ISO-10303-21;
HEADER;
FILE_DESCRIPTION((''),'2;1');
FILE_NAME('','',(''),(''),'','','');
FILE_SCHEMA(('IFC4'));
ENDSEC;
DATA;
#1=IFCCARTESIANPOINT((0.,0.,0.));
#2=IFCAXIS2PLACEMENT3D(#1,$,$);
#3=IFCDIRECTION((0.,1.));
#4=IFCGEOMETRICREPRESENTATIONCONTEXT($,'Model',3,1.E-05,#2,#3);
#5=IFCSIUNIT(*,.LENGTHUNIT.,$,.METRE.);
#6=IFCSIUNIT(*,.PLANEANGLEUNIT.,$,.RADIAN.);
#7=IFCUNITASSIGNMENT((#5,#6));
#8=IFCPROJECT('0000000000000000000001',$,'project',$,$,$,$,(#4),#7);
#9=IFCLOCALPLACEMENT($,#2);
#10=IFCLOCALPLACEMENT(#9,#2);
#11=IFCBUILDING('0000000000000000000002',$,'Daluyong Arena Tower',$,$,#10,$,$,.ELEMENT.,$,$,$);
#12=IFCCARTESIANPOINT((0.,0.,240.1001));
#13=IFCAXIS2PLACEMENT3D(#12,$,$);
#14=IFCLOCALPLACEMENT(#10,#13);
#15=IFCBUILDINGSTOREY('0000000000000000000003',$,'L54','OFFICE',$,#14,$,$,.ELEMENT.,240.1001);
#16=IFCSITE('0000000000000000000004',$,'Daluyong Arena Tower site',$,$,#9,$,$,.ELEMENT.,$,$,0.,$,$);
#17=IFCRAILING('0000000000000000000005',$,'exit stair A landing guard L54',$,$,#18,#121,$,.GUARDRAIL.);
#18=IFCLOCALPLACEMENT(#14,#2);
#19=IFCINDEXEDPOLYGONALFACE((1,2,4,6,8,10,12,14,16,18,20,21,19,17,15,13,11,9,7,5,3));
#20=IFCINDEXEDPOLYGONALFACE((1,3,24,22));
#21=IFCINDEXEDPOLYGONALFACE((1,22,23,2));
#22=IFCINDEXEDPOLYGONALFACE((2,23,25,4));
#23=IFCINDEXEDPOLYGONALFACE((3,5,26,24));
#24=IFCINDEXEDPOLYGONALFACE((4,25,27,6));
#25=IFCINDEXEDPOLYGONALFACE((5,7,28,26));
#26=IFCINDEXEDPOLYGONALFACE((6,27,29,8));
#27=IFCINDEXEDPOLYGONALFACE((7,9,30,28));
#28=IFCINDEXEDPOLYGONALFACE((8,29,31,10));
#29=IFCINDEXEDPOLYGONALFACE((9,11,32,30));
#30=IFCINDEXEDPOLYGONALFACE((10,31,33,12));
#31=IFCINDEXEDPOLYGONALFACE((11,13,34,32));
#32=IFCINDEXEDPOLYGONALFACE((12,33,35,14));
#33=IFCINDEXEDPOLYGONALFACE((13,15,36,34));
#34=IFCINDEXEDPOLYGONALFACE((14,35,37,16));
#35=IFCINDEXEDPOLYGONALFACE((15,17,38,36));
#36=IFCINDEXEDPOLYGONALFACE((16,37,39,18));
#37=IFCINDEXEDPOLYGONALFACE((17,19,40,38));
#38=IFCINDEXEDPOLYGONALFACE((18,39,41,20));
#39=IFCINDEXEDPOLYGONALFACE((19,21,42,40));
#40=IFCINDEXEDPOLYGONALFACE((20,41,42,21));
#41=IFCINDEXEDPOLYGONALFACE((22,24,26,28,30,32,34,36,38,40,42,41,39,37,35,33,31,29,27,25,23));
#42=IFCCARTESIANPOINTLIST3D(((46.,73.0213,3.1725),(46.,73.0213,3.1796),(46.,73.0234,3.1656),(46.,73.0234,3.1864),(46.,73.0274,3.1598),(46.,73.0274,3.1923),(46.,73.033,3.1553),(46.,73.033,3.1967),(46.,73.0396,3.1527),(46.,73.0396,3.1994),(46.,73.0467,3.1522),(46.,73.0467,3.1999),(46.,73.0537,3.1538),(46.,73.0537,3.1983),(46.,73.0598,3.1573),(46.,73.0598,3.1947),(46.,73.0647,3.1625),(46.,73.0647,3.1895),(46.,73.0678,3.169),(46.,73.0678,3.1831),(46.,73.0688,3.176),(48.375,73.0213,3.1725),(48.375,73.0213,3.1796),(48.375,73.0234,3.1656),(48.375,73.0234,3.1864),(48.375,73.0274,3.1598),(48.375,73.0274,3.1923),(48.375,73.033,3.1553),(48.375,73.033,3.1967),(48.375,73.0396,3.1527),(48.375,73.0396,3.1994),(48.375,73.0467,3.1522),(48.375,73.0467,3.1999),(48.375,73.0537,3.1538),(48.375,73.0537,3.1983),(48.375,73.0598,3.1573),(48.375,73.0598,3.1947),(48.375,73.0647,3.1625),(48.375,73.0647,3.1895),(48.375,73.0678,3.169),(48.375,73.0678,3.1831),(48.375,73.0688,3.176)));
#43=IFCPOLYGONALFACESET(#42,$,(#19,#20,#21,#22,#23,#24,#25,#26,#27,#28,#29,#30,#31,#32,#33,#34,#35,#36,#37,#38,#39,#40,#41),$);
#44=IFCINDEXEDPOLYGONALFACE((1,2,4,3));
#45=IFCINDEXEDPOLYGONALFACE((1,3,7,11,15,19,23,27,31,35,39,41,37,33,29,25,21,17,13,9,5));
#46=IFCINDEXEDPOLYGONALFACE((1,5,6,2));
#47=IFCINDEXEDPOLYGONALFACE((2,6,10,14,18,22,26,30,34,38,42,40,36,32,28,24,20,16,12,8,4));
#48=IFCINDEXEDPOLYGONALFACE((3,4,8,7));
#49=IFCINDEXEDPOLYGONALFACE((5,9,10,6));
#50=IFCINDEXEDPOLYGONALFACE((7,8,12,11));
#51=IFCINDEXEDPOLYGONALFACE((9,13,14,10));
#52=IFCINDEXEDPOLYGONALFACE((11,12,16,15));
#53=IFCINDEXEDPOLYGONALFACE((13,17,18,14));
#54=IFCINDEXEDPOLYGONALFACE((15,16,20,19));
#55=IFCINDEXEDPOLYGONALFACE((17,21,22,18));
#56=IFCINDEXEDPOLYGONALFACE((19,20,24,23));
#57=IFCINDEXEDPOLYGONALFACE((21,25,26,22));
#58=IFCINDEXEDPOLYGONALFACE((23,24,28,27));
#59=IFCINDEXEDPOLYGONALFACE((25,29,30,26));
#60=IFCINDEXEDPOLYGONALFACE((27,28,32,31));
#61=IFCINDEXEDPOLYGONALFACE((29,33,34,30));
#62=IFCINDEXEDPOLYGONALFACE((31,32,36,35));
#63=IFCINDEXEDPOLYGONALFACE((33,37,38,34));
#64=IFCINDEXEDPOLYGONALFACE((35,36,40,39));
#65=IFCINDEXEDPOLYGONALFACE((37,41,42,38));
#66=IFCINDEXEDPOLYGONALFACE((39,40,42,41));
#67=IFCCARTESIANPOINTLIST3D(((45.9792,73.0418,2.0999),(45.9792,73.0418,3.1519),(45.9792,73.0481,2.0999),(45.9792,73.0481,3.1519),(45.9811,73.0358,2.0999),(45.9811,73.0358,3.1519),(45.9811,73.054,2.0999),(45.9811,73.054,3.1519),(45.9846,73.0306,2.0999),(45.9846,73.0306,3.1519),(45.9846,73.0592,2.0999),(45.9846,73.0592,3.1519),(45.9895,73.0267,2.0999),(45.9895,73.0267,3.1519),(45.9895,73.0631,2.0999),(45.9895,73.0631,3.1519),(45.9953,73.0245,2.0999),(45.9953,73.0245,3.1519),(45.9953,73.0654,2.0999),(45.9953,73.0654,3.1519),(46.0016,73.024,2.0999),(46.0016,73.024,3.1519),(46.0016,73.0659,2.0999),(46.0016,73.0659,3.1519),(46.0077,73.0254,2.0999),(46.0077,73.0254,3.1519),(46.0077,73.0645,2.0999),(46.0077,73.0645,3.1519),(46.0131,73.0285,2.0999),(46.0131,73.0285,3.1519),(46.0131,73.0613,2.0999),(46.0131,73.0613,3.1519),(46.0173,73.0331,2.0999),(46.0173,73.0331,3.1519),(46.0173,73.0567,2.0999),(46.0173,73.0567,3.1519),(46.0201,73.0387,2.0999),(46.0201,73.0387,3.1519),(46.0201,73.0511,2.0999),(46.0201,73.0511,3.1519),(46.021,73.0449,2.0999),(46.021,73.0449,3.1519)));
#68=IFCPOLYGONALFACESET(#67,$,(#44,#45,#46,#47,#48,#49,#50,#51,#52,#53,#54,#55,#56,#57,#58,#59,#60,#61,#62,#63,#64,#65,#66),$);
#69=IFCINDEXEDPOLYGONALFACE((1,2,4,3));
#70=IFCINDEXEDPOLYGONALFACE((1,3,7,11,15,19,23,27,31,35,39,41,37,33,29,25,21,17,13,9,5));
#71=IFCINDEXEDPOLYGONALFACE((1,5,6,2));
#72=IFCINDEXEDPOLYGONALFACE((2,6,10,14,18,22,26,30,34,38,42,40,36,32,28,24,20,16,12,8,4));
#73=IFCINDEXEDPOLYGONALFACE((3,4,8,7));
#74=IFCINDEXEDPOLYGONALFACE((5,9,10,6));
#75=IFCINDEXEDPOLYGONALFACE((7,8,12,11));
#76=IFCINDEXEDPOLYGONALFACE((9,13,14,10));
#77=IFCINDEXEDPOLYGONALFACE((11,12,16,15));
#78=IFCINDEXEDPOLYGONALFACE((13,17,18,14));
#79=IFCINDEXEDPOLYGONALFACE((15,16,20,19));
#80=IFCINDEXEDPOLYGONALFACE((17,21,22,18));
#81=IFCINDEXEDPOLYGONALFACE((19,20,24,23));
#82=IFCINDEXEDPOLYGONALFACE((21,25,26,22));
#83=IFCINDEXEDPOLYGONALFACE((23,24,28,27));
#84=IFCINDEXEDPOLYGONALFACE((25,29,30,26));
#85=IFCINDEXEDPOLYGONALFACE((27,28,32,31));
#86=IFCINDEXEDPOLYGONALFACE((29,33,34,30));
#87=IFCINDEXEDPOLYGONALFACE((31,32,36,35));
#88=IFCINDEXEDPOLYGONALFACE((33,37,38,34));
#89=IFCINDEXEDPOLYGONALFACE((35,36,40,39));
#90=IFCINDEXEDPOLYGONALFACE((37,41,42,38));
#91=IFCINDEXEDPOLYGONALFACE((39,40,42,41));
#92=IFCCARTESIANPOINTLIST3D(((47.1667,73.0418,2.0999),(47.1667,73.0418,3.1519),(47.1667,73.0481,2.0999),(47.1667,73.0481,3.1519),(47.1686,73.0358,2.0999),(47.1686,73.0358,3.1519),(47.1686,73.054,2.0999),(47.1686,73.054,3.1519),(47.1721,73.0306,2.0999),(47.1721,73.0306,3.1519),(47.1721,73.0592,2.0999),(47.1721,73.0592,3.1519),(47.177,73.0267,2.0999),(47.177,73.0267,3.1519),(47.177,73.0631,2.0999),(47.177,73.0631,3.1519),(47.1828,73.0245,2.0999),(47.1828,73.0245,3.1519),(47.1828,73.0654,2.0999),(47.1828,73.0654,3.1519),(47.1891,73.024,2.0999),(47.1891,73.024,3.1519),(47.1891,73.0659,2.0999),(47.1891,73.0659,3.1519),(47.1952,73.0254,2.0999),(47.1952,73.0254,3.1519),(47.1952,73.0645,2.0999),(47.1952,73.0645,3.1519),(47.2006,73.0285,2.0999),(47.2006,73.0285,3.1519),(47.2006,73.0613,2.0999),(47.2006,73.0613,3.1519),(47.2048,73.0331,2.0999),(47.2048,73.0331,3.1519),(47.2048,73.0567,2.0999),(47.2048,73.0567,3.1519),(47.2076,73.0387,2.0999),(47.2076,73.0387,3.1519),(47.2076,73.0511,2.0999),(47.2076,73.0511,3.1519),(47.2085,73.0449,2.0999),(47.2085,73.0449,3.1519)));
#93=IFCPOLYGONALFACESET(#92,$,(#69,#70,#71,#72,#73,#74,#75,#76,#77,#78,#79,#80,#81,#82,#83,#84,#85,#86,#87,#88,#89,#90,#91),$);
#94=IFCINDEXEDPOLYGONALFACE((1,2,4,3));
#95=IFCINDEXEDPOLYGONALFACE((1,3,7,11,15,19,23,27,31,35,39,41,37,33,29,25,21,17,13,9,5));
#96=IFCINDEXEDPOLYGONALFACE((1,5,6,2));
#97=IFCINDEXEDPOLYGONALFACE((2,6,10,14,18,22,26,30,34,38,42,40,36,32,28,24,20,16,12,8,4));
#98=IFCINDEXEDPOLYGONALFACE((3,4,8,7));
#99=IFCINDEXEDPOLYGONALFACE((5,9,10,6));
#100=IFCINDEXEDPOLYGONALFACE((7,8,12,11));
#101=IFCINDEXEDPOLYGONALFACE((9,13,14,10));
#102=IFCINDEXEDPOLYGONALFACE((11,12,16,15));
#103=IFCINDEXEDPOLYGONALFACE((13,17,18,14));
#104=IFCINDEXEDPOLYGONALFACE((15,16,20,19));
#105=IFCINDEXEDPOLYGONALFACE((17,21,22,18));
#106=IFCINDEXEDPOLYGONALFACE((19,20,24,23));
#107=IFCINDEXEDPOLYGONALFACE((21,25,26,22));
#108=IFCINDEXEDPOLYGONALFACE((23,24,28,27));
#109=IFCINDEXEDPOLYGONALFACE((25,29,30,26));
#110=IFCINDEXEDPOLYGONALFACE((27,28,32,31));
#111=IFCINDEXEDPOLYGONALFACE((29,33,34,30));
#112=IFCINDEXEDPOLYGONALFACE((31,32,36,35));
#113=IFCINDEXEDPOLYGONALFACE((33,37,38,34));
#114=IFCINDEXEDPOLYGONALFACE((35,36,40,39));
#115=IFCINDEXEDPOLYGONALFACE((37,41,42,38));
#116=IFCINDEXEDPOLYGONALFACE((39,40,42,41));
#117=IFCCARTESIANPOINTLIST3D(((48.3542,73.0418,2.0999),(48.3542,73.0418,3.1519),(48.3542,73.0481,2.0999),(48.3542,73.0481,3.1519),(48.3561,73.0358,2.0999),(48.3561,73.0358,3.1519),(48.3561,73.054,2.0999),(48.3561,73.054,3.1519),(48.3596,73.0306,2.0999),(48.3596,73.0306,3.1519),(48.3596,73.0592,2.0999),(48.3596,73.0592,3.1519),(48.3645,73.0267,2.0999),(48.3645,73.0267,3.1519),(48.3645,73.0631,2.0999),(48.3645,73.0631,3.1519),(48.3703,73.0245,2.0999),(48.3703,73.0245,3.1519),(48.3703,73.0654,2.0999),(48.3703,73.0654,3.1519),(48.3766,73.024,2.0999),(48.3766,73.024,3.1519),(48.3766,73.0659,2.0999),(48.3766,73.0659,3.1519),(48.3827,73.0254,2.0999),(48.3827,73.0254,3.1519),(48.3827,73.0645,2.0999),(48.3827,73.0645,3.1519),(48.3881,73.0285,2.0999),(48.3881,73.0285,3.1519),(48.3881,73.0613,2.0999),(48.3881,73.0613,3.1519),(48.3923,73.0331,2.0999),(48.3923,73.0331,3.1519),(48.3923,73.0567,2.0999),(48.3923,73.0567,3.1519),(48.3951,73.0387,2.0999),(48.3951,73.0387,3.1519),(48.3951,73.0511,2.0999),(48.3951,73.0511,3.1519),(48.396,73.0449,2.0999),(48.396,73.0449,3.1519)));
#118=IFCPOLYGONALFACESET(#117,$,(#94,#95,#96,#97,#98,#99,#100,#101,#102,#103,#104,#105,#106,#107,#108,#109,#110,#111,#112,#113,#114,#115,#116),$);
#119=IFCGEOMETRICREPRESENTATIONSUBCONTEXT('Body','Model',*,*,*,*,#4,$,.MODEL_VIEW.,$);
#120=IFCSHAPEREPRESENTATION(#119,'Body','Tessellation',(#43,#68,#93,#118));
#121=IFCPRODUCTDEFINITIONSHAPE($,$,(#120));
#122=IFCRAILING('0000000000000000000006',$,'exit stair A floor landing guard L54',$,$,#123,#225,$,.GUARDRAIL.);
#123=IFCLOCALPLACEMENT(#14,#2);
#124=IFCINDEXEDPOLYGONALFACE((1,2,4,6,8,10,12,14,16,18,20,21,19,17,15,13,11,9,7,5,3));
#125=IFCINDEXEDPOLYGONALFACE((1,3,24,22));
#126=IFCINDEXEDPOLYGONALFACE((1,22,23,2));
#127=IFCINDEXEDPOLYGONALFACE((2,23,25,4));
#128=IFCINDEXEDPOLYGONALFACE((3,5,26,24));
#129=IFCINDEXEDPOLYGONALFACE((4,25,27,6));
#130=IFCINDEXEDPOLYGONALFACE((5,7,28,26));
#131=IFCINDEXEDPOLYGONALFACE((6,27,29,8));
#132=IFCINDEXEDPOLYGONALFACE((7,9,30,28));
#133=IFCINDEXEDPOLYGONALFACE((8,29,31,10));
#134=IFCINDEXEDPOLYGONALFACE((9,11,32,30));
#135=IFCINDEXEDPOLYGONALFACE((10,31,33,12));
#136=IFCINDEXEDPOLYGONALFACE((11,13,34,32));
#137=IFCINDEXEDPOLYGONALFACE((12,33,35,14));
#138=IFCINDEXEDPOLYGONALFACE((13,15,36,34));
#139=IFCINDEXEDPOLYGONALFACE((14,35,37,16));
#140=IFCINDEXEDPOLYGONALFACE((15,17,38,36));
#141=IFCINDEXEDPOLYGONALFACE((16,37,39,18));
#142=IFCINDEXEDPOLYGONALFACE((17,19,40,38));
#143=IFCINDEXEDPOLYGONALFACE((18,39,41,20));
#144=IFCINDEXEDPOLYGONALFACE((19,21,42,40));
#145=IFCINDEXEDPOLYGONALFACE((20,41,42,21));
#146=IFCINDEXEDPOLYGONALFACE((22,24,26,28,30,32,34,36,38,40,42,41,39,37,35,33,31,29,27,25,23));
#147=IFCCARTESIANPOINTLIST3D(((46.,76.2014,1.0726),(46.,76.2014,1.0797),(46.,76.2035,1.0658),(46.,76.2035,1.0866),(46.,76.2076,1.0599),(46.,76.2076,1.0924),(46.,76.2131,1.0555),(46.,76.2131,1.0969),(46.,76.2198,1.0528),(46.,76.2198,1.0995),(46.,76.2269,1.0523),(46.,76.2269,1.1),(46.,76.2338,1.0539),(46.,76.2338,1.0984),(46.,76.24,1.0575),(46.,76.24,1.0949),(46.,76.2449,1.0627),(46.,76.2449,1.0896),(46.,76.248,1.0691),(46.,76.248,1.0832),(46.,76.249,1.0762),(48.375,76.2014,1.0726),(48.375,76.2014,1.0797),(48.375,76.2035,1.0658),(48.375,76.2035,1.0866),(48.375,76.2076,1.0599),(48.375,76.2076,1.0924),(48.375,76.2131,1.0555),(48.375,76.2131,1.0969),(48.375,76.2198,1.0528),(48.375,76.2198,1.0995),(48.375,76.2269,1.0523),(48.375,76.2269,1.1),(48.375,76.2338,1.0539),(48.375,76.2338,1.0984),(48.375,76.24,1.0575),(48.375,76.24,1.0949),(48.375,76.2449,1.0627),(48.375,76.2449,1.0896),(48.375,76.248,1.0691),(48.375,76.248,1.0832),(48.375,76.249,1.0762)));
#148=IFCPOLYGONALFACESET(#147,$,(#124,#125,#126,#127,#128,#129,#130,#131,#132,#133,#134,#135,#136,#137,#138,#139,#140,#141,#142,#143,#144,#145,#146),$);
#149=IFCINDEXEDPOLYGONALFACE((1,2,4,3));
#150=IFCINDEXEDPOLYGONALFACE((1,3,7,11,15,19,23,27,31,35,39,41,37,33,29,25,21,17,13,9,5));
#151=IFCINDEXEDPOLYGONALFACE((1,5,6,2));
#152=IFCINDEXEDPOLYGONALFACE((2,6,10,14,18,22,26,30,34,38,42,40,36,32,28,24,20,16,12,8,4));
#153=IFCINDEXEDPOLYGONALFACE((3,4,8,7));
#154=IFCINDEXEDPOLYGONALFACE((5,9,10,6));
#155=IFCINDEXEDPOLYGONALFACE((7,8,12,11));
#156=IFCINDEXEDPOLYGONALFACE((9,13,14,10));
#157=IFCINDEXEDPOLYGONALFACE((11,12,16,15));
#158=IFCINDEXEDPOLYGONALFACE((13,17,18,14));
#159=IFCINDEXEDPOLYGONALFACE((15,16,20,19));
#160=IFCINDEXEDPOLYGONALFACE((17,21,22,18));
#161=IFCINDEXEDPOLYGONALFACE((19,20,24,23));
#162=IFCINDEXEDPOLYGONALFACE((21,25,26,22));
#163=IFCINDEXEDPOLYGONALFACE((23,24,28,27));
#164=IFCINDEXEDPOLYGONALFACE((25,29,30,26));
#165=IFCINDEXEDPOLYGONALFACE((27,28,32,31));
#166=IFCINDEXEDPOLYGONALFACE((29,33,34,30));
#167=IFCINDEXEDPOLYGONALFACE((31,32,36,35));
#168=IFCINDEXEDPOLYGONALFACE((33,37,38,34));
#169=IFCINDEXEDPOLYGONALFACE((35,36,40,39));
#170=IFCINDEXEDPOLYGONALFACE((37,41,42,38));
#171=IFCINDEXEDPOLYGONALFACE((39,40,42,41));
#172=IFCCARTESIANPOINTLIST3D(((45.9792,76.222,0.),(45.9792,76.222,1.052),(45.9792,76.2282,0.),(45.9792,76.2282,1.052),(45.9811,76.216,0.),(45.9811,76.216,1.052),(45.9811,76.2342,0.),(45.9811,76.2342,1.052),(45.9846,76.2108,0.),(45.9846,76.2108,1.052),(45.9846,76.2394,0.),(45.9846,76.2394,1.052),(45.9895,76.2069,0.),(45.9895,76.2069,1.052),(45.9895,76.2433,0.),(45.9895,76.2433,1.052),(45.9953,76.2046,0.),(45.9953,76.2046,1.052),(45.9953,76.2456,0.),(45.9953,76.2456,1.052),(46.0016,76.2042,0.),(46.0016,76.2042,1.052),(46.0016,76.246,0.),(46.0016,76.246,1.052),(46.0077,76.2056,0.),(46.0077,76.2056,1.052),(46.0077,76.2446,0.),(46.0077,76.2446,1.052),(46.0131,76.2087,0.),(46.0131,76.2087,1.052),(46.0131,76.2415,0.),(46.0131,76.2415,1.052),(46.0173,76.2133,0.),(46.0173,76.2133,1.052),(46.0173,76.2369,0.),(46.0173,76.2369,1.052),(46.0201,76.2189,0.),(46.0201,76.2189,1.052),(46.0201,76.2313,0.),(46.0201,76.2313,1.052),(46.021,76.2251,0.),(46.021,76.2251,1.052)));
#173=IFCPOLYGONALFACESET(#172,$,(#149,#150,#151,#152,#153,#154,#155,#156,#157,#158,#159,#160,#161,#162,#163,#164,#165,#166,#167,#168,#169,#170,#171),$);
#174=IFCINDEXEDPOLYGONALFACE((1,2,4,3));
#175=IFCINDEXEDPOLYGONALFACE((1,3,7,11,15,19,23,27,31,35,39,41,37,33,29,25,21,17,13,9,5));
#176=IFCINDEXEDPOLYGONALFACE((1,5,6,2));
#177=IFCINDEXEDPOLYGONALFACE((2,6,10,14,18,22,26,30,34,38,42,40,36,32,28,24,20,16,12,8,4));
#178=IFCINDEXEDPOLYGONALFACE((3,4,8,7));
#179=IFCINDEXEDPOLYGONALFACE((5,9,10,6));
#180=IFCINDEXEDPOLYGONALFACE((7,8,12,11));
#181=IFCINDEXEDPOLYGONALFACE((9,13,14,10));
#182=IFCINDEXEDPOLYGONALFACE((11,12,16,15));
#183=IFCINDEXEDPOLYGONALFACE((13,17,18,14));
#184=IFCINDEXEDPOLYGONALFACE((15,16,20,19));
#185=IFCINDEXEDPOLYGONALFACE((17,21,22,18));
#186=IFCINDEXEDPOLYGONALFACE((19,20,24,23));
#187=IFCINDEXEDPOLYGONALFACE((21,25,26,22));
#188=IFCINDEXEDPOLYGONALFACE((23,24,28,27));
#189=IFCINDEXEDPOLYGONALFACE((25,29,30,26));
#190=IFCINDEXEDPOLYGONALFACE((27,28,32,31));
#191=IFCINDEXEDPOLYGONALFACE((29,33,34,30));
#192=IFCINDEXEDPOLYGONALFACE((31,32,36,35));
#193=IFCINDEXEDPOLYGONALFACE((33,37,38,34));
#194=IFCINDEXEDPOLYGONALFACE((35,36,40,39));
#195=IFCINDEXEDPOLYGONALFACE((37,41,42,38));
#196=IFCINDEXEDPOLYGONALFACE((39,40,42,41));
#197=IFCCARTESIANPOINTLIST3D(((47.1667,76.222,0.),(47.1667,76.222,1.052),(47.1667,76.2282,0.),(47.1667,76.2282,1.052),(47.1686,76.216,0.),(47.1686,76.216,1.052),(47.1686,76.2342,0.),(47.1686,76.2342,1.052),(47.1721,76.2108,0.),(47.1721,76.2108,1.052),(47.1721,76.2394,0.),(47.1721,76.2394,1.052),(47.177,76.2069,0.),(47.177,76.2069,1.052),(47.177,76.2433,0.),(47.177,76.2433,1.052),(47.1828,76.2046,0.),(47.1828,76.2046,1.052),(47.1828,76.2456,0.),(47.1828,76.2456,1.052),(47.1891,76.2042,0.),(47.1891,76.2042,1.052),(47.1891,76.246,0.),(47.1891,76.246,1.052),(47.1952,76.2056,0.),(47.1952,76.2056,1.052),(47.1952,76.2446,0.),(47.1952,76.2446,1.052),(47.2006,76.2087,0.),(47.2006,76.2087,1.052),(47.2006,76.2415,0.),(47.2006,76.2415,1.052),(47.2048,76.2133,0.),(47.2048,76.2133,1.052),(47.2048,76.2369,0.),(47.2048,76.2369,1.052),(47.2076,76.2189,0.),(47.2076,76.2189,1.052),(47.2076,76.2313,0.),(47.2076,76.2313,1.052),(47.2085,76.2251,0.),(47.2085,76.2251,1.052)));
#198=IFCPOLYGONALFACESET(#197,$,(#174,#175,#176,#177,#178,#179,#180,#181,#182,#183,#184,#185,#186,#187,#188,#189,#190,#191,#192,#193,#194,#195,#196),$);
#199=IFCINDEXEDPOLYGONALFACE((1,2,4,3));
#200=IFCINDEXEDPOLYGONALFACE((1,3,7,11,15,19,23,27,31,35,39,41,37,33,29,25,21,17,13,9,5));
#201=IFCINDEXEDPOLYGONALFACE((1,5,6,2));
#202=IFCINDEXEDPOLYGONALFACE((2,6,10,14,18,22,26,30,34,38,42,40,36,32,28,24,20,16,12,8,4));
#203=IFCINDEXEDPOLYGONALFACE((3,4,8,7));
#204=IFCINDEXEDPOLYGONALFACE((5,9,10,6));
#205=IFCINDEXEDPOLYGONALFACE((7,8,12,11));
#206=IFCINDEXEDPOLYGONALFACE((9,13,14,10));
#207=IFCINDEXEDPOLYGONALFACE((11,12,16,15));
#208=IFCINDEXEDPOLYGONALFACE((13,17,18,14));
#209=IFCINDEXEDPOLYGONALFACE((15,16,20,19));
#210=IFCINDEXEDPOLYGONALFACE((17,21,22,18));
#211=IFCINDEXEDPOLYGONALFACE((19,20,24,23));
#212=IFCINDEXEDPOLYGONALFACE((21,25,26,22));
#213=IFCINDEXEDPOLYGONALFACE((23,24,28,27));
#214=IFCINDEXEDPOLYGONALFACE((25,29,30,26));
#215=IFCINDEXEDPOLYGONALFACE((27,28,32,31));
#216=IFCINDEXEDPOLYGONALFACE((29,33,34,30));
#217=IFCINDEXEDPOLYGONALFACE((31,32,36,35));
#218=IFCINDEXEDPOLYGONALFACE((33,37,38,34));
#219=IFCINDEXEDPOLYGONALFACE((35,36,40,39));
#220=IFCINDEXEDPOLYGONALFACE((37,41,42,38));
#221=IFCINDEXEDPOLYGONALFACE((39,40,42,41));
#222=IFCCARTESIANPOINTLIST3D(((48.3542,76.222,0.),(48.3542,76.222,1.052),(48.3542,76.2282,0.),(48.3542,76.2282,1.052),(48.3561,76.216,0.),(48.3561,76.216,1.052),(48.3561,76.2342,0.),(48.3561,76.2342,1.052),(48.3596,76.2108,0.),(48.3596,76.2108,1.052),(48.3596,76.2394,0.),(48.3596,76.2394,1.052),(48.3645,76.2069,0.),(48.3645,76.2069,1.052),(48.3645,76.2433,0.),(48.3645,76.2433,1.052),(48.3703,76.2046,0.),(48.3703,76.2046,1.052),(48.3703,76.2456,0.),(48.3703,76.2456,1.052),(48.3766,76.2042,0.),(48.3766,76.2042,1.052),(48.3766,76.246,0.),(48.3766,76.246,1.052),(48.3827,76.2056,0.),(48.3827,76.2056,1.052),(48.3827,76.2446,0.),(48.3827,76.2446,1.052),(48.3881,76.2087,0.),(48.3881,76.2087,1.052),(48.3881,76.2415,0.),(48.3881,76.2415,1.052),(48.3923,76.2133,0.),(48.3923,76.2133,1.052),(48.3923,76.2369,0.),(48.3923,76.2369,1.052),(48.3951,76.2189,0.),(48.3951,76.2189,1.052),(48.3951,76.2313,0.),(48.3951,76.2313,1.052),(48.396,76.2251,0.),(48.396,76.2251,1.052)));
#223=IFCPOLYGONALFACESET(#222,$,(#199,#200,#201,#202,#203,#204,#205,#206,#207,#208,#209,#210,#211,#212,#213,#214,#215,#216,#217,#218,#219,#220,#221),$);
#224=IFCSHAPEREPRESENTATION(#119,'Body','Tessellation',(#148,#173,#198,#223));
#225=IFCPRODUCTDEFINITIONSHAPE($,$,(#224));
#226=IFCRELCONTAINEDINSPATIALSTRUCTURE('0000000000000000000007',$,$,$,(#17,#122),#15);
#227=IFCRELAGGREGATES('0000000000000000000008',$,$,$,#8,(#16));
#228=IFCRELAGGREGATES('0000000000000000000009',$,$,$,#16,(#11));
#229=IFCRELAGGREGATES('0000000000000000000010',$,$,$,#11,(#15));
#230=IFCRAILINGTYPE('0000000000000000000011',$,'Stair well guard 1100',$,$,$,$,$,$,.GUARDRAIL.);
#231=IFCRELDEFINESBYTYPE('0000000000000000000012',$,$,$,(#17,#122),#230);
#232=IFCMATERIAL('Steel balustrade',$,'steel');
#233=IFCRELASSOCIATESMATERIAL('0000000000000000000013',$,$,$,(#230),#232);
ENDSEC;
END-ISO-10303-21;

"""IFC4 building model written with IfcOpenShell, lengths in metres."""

from ifc_helpers import new_model, si_unit, direction, frame, origin, origin_2d, place, context, subcontext, project, spatial, circle, extrude, material, type_object, element, save


model = new_model("IFC4")

# Units and contexts
model_context = context("Model", 3, precision=1e-05, world=origin(), true_north=direction((0.0, 1.0)))
body_context = subcontext(model_context, "Body", "Model", "MODEL_VIEW")
ifc_project = project(units=[si_unit("LENGTHUNIT", "METRE"), si_unit("PLANEANGLEUNIT", "RADIAN")], contexts=[model_context])

# Site, building, storey
site_placement = place(None, origin())
site = spatial("IfcSite", under=ifc_project, at=site_placement, Name="Daluyong Arena Tower site", CompositionType="ELEMENT", RefElevation=0.0)
building_placement = place(site_placement, origin())
building = spatial("IfcBuilding", under=site, at=building_placement, Name="Daluyong Arena Tower", CompositionType="ELEMENT")
storey_placement = place(building_placement, frame((0.0, 0.0, 240.1001)))
storey = spatial("IfcBuildingStorey", under=building, at=storey_placement, Name="L54", Description="OFFICE", CompositionType="ELEMENT", Elevation=240.1001)

# Railings
ifc_material_1 = material(Name="Steel balustrade", Category="steel")
railing_type_1 = type_object("IfcRailingType", Name="Stair well guard 1100", PredefinedType="GUARDRAIL", material=ifc_material_1)
for number, where, name in (
    (1, (46.0, 73.0449, 2.0999), "exit stair A landing guard L54"),
    (2, (46.0, 76.2251, 0.0), "exit stair A floor landing guard L54"),
):
    element("IfcRailing", number, at=place(storey_placement, frame(where)), inside=storey, type_object=railing_type_1, Name=name, PredefinedType="GUARDRAIL", context=body_context, shape_type="SweptSolid", body=[
        extrude(circle(Radius=0.0239, at=origin_2d()), frame((0.0, 0.0, 1.0762), z_axis=(1.0, 0.0, 0.0), x_axis=(0.0, 1.0, 0.0)), (0.0, 0.0, 1.0), 2.375),
        extrude(circle(Radius=0.021, at=origin_2d()), origin(), (0.0, 0.0, 1.0), 1.052),
        extrude(circle(Radius=0.021, at=origin_2d()), frame((1.1875, 0.0, 0.0)), (0.0, 0.0, 1.0), 1.052),
        extrude(circle(Radius=0.021, at=origin_2d()), frame((2.375, 0.0, 0.0)), (0.0, 0.0, 1.0), 1.052),
    ])

save(model, "model.ifc")
